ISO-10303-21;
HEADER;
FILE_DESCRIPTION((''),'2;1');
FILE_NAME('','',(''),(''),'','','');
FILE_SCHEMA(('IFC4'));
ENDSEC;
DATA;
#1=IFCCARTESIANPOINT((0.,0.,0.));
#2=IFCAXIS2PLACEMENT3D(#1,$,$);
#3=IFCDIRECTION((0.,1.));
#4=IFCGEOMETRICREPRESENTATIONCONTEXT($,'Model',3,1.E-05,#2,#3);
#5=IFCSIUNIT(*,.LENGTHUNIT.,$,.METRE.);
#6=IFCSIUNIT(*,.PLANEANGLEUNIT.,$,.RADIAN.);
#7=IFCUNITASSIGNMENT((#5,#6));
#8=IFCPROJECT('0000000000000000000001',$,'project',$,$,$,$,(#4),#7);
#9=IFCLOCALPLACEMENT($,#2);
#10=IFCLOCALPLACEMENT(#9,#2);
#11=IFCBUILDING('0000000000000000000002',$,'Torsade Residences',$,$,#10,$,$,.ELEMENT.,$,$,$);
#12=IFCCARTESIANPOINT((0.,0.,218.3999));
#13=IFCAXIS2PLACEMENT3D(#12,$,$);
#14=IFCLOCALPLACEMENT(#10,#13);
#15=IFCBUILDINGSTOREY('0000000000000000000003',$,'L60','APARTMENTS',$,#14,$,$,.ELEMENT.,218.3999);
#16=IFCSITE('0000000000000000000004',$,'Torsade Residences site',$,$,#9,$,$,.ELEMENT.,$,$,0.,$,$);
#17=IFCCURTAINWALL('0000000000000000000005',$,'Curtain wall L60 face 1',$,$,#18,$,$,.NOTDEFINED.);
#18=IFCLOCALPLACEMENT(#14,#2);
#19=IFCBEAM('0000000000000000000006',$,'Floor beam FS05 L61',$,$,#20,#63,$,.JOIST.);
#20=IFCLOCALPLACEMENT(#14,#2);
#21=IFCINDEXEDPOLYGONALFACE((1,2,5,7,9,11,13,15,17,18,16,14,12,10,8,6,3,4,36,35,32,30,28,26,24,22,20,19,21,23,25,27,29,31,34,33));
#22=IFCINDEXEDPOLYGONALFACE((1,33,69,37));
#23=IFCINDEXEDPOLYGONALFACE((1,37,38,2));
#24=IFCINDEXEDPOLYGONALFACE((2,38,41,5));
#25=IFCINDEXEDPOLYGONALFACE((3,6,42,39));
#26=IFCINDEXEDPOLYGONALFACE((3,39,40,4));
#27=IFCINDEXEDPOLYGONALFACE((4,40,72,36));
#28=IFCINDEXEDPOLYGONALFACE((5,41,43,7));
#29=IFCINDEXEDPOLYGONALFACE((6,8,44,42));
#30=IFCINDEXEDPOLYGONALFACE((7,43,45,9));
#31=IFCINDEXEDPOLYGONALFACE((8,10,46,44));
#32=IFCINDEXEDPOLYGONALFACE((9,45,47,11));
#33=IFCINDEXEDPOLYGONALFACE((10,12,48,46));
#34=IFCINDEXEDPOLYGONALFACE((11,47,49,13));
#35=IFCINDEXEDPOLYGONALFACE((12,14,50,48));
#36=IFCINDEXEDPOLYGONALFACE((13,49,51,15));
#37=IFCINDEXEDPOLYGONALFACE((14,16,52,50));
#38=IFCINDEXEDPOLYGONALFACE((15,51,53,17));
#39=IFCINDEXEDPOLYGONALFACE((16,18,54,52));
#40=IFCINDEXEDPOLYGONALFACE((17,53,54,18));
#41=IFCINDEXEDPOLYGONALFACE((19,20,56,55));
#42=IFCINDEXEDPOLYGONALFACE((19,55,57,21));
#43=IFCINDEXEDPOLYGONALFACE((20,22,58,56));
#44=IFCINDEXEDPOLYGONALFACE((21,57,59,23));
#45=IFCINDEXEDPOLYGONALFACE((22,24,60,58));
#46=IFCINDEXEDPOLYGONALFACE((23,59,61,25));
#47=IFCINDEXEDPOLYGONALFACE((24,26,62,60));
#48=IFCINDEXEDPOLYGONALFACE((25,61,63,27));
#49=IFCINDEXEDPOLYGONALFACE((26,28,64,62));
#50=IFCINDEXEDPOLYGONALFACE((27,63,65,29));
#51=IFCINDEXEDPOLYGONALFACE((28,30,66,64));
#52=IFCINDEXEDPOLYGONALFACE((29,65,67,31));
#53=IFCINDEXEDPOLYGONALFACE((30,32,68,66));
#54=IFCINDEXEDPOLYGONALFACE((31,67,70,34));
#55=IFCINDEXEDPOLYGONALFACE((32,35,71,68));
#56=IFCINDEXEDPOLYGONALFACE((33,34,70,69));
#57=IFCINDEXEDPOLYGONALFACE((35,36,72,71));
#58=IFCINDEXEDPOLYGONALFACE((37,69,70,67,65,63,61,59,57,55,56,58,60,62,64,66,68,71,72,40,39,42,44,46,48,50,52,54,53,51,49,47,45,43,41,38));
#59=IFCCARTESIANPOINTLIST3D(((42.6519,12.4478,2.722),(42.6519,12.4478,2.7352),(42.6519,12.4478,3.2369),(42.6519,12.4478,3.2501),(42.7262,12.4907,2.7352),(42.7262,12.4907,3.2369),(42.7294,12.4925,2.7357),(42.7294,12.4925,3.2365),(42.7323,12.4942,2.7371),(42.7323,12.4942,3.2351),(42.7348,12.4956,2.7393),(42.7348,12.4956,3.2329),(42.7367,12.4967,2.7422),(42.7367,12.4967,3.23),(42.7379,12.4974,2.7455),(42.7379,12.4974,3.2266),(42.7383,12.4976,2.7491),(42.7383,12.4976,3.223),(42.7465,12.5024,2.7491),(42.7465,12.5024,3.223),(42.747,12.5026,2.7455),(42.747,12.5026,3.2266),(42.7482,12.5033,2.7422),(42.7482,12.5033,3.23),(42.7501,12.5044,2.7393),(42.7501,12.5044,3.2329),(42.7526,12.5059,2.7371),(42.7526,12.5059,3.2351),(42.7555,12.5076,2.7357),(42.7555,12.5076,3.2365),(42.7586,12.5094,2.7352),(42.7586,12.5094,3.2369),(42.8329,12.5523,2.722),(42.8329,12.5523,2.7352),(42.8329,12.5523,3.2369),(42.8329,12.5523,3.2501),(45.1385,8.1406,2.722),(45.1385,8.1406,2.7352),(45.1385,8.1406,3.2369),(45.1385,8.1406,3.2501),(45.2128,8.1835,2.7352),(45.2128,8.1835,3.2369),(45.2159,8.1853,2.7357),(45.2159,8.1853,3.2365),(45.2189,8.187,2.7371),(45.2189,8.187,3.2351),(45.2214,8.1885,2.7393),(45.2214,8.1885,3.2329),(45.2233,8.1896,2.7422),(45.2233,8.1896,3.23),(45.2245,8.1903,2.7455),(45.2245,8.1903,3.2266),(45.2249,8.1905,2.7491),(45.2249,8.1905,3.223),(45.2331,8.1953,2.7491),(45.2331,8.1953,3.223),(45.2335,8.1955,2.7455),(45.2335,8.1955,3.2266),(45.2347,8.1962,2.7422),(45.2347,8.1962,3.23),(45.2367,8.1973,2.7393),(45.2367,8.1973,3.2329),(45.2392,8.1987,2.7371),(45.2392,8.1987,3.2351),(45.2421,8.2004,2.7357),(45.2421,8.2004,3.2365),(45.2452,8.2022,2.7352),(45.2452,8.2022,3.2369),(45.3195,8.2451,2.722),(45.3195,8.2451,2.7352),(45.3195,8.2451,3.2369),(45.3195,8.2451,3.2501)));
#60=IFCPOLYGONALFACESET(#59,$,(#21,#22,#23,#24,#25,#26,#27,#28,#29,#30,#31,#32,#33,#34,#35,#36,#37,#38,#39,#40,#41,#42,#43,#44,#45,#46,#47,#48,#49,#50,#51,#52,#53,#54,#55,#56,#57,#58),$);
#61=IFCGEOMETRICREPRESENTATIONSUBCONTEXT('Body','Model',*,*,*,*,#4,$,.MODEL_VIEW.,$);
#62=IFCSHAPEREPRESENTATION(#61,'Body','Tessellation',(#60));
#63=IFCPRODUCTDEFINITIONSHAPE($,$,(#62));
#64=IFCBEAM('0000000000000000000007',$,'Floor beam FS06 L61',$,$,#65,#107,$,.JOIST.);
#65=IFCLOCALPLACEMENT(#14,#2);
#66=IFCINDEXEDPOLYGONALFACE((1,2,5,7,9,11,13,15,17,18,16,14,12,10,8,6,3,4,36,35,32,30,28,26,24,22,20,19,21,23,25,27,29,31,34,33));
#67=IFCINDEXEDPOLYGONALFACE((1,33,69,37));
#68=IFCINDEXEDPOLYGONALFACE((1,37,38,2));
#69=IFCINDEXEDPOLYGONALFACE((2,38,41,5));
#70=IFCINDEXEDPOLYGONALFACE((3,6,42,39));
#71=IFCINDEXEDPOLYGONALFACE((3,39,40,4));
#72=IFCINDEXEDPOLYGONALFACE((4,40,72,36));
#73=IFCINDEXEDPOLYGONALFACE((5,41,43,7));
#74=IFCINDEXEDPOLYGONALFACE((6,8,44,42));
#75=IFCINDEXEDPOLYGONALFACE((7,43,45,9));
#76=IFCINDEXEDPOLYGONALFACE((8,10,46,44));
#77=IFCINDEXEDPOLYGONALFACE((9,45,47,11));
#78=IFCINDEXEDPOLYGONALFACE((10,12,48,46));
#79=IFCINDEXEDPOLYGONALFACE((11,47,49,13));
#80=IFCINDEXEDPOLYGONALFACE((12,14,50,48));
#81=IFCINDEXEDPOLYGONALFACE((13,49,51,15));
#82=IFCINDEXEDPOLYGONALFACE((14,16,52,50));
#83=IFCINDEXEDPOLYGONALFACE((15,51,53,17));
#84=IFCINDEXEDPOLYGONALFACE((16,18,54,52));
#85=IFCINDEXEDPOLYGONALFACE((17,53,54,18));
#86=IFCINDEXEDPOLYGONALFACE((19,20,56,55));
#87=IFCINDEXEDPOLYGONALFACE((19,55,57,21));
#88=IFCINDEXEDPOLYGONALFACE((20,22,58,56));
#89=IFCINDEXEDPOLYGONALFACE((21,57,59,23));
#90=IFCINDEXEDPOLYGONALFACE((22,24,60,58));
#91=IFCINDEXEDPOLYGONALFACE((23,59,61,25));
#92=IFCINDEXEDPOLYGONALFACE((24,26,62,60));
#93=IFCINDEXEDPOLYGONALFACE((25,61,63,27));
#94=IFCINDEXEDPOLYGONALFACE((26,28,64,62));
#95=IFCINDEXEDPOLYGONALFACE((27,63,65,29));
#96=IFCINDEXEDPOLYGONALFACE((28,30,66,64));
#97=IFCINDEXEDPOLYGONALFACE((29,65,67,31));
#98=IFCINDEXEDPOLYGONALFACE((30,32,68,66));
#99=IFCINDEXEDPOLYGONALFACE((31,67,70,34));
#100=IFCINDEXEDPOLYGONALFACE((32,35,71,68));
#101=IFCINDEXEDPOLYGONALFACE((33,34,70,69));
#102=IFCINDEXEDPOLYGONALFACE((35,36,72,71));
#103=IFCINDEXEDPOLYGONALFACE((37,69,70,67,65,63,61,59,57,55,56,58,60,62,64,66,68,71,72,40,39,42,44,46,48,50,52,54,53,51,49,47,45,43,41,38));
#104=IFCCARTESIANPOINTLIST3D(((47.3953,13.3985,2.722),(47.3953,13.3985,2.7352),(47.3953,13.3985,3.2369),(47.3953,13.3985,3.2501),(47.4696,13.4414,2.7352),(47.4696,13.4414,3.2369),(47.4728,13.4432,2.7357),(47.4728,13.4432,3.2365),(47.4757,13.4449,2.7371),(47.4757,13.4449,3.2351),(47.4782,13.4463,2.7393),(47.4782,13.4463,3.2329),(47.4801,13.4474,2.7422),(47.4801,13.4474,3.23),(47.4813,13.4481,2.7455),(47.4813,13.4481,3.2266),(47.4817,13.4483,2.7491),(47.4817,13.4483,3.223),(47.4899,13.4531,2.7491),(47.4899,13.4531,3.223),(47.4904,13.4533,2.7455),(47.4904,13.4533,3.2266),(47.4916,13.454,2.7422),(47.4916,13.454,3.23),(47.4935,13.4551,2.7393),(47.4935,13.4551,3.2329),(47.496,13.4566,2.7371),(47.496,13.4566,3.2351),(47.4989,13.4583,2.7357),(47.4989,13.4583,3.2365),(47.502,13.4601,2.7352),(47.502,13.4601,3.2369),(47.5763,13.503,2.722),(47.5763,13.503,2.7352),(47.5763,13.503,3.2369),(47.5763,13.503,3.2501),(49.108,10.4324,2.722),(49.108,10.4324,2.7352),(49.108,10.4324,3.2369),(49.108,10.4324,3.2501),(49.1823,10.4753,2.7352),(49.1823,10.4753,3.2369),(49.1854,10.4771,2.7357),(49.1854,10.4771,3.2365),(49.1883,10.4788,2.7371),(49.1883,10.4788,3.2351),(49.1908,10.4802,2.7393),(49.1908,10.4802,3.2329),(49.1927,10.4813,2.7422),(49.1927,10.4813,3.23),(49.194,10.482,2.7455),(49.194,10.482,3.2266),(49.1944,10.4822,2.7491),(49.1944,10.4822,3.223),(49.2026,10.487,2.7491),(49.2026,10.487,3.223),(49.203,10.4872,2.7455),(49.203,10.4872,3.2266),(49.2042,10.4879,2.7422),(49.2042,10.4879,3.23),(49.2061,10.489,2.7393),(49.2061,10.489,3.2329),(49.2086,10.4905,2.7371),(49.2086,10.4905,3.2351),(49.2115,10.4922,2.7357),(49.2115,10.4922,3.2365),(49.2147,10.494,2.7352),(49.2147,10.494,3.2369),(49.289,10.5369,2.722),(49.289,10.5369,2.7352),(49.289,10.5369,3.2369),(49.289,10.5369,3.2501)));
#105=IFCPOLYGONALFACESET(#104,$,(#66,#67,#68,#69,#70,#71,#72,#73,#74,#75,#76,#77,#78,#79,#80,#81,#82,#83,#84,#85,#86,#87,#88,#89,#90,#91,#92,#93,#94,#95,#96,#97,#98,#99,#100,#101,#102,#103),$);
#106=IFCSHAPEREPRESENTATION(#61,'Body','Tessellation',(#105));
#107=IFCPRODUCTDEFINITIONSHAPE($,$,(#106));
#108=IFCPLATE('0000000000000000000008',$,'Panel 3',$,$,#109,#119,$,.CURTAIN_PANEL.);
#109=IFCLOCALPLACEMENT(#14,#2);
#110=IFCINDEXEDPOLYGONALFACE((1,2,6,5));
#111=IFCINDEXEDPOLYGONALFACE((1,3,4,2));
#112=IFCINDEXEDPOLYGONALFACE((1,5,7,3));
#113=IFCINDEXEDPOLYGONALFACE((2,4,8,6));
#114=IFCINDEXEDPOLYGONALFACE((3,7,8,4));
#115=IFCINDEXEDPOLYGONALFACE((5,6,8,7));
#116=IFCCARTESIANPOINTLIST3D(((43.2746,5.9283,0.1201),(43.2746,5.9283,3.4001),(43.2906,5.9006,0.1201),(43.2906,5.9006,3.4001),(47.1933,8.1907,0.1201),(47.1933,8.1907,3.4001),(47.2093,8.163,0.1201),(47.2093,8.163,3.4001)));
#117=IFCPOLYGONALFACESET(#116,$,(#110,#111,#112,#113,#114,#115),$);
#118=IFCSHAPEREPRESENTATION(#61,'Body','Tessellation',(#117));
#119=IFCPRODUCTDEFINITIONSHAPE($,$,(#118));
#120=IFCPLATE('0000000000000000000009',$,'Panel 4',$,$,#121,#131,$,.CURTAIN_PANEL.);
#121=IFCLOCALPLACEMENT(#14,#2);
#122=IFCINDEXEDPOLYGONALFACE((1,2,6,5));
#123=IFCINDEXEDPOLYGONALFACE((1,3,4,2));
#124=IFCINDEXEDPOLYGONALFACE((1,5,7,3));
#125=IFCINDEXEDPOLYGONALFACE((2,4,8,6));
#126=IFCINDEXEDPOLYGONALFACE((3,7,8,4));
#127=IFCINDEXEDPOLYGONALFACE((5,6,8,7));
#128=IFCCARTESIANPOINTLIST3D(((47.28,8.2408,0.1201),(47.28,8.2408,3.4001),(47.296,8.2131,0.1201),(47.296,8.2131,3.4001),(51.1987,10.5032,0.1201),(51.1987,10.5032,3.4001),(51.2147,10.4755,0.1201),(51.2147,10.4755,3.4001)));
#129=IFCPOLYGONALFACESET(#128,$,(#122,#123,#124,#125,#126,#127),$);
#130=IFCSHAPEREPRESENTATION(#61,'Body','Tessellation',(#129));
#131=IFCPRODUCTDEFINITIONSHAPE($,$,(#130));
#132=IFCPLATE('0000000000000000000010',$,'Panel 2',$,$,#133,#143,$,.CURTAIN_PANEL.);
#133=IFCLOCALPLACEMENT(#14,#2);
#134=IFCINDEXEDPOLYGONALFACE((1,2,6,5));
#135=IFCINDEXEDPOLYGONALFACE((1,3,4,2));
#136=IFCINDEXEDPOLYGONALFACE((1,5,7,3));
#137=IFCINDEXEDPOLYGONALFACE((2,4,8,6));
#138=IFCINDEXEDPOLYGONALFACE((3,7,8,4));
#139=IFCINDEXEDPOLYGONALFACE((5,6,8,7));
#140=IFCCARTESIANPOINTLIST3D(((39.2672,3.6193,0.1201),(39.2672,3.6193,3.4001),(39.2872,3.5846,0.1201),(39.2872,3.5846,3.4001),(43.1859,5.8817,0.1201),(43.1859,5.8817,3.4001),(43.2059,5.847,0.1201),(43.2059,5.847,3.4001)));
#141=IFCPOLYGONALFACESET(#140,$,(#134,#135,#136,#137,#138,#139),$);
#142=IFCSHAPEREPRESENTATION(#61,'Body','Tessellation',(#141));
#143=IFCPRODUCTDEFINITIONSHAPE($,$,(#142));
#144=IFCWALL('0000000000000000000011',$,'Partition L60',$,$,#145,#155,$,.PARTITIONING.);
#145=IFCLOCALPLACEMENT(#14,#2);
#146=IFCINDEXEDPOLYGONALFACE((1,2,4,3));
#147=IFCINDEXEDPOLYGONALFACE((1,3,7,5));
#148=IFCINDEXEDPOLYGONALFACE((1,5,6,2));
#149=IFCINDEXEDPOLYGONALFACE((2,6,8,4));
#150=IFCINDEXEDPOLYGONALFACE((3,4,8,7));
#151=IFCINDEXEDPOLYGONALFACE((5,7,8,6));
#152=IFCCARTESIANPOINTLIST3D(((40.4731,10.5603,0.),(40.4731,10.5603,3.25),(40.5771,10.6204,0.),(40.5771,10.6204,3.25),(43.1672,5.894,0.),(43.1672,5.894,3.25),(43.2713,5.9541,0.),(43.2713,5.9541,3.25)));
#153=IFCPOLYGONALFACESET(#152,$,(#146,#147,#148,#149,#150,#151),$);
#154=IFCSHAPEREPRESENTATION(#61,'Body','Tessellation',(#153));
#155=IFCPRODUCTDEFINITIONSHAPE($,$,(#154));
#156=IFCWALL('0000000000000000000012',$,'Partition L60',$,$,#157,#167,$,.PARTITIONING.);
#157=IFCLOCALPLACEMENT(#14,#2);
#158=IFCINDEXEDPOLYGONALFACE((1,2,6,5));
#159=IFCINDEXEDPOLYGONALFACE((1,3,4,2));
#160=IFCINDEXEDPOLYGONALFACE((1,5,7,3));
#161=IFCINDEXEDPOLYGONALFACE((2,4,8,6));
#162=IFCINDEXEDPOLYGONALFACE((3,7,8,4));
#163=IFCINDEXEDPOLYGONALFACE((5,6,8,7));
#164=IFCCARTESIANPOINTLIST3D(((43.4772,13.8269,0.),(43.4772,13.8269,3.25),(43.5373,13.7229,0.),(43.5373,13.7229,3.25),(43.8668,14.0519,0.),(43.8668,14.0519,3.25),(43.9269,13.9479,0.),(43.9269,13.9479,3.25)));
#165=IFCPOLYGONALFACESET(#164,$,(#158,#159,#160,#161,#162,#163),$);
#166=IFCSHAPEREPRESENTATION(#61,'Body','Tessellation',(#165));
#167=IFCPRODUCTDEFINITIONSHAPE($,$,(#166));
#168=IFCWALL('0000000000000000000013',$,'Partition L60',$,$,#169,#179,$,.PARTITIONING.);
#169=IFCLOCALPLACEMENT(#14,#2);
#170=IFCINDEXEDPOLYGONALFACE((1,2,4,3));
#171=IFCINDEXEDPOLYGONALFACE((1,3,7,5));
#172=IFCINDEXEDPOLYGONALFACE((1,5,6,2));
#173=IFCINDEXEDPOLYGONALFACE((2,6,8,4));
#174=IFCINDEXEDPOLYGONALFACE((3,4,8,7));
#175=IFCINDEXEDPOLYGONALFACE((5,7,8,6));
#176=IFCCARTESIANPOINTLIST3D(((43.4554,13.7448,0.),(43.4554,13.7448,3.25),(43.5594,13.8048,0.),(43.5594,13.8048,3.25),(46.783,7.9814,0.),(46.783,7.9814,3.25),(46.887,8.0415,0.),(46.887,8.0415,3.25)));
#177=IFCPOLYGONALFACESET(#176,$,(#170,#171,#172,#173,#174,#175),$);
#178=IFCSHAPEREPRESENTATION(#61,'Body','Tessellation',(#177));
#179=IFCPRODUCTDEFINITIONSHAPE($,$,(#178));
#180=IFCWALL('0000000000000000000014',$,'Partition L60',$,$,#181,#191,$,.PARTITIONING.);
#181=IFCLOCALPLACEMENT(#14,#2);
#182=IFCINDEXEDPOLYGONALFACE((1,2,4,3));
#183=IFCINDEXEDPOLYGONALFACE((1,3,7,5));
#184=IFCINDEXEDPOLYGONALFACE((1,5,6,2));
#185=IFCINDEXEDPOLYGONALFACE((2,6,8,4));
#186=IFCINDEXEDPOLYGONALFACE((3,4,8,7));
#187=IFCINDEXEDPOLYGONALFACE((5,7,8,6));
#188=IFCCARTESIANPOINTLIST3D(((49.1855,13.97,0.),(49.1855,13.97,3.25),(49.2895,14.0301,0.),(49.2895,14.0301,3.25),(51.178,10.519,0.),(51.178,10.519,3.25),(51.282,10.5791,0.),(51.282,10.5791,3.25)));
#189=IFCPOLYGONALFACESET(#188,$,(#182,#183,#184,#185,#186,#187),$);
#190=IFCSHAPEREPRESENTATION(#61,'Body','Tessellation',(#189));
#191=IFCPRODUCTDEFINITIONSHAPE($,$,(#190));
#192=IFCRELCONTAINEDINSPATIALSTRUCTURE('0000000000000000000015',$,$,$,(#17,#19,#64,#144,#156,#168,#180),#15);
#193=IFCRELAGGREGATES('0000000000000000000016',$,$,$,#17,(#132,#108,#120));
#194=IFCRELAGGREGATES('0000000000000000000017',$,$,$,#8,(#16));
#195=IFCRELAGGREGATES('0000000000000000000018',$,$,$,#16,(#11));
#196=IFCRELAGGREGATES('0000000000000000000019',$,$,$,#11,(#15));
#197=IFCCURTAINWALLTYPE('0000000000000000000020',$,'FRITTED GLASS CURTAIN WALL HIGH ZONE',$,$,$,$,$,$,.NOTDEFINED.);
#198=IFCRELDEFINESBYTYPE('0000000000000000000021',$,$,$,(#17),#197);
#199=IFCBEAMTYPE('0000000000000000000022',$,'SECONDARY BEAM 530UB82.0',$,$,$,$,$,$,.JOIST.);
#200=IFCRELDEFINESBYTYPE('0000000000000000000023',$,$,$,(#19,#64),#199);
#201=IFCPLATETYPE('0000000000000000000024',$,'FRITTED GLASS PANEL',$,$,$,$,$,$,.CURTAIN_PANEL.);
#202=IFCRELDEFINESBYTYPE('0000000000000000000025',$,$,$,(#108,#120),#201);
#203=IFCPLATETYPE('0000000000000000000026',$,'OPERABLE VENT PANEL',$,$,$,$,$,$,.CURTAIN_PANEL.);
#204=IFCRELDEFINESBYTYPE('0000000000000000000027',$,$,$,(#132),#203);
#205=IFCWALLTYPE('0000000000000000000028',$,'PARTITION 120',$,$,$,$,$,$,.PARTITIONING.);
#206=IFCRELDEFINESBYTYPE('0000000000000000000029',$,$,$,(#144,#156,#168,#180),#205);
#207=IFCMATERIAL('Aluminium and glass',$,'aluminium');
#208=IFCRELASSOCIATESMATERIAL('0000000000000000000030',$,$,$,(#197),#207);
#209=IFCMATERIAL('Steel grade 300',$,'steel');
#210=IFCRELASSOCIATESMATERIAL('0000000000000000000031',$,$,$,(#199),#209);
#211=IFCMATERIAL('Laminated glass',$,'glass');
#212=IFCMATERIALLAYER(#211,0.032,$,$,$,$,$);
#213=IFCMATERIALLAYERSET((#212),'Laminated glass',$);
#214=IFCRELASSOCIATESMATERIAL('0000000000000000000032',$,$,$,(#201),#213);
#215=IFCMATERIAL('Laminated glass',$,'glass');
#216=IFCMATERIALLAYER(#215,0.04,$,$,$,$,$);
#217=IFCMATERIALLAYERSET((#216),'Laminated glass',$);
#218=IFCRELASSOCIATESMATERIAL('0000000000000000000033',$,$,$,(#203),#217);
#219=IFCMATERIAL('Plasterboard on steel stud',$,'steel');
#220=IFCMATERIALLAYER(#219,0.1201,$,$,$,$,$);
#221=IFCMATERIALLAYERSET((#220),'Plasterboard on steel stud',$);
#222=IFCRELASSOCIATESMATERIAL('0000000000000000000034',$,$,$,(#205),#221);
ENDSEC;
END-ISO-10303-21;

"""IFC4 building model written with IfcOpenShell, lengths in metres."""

from ifc_helpers import new_model, si_unit, direction, frame, frame_2d, origin, origin_2d, place, context, subcontext, project, spatial, rectangle, i_section, extrude, material, layer, layer_set, material_profile, profile_set, type_object, element, aggregate, save


model = new_model("IFC4")

# Units and contexts
model_context = context("Model", 3, precision=1e-05, world=origin(), true_north=direction((0.0, 1.0)))
body_context = subcontext(model_context, "Body", "Model", "MODEL_VIEW")
ifc_project = project(units=[si_unit("LENGTHUNIT", "METRE"), si_unit("PLANEANGLEUNIT", "RADIAN")], contexts=[model_context])

# Site, building, storey
site_placement = place(None, origin())
site = spatial("IfcSite", under=ifc_project, at=site_placement, Name="Torsade Residences site", CompositionType="ELEMENT", RefElevation=0.0)
building_placement = place(site_placement, origin())
building = spatial("IfcBuilding", under=site, at=building_placement, Name="Torsade Residences", CompositionType="ELEMENT")
storey_placement = place(building_placement, frame((0.0, 0.0, 218.3999)))
storey = spatial("IfcBuildingStorey", under=building, at=storey_placement, Name="L60", Description="APARTMENTS", CompositionType="ELEMENT", Elevation=218.3999)

# Curtain wall
ifc_material_1 = material(Name="Aluminium and glass", Category="aluminium")
curtain_wall_type = type_object("IfcCurtainWallType", Name="FRITTED GLASS CURTAIN WALL HIGH ZONE", PredefinedType="NOTDEFINED", material=ifc_material_1)
curtain_wall_placement = place(storey_placement, origin())
curtain_wall = element("IfcCurtainWall", 1, at=curtain_wall_placement, inside=storey, type_object=curtain_wall_type, Name="Curtain wall L60 face 1", PredefinedType="NOTDEFINED")

# Beams
ifc_material_2 = material(Name="Steel grade 300", Category="steel")
ifc_material_profile_1 = material_profile(ifc_material_2, i_section(OverallWidth=0.209, OverallDepth=0.5281, WebThickness=0.0095, FlangeThickness=0.0132, FilletRadius=0.0139, at=origin_2d()), Name="530UB82.0")
ifc_profile_set_1 = profile_set([ifc_material_profile_1], Name="Steel grade 300")
beam_type_1 = type_object("IfcBeamType", Name="SECONDARY BEAM 530UB82.0", PredefinedType="JOIST", material=ifc_profile_set_1)
beam_1_placement = place(storey_placement, frame((45.229, 8.1929, 2.9861), z_axis=(-0.499977, 0.866038, 0.0), x_axis=(-0.866038, -0.499977, 0.0)))
element("IfcBeam", 2, at=beam_1_placement, inside=storey, type_object=beam_type_1, Name="Floor beam FS05 L61", PredefinedType="JOIST", context=body_context, shape_type="SweptSolid", body=[
    extrude(i_section(OverallWidth=0.209, OverallDepth=0.5281, WebThickness=0.0095, FlangeThickness=0.0132, FilletRadius=0.0139, at=origin_2d()), origin(), (0.0, 0.0, 1.0), 4.9734),
])
beam_2_placement = place(storey_placement, frame((49.1985, 10.4846, 2.9861), z_axis=(-0.500041, 0.866002, 0.0), x_axis=(-0.866002, -0.500041, 0.0)))
element("IfcBeam", 3, at=beam_2_placement, inside=storey, type_object=beam_type_1, Name="Floor beam FS06 L61", PredefinedType="JOIST", context=body_context, shape_type="SweptSolid", body=[
    extrude(i_section(OverallWidth=0.209, OverallDepth=0.5281, WebThickness=0.0095, FlangeThickness=0.0132, FilletRadius=0.0139, at=origin_2d()), origin(), (0.0, 0.0, 1.0), 3.425),
])

# Plates
ifc_material_3 = material(Name="Laminated glass", Category="glass")
ifc_layer_1 = layer(ifc_material_3, 0.032)
ifc_layer_set_1 = layer_set([ifc_layer_1], Name="Laminated glass")
plate_type_1 = type_object("IfcPlateType", Name="FRITTED GLASS PANEL", PredefinedType="CURTAIN_PANEL", material=ifc_layer_set_1)
plate_1_placement = place(storey_placement, frame((45.2419, 7.0457, 0.1201), z_axis=(0.0, 0.0, 1.0), x_axis=(0.866025, 0.5, 0.0)))
plate_1 = element("IfcPlate", 4, at=plate_1_placement, type_object=plate_type_1, Name="Panel 3", PredefinedType="CURTAIN_PANEL", context=body_context, shape_type="SweptSolid", body=[
    extrude(rectangle(XDim=4.5249, YDim=0.032, at=origin_2d()), origin(), (0.0, 0.0, 1.0), 3.28),
])
plate_2_placement = place(storey_placement, frame((49.2473, 9.3582, 0.1201), z_axis=(0.0, 0.0, 1.0), x_axis=(0.866025, 0.5, 0.0)))
plate_2 = element("IfcPlate", 5, at=plate_2_placement, type_object=plate_type_1, Name="Panel 4", PredefinedType="CURTAIN_PANEL", context=body_context, shape_type="SweptSolid", body=[
    extrude(rectangle(XDim=4.5249, YDim=0.032, at=origin_2d()), origin(), (0.0, 0.0, 1.0), 3.28),
])
ifc_material_4 = material(Name="Laminated glass", Category="glass")
ifc_layer_2 = layer(ifc_material_4, 0.04)
ifc_layer_set_2 = layer_set([ifc_layer_2], Name="Laminated glass")
plate_type_2 = type_object("IfcPlateType", Name="OPERABLE VENT PANEL", PredefinedType="CURTAIN_PANEL", material=ifc_layer_set_2)
plate_3_placement = place(storey_placement, frame((41.2366, 4.7332, 0.1201), z_axis=(0.0, 0.0, 1.0), x_axis=(0.866025, 0.5, 0.0)))
plate_3 = element("IfcPlate", 6, at=plate_3_placement, type_object=plate_type_2, Name="Panel 2", PredefinedType="CURTAIN_PANEL", context=body_context, shape_type="SweptSolid", body=[
    extrude(rectangle(XDim=4.5249, YDim=0.04, at=origin_2d()), origin(), (0.0, 0.0, 1.0), 3.28),
])
aggregate(curtain_wall, [plate_3, plate_1, plate_2])

# Walls
ifc_material_5 = material(Name="Plasterboard on steel stud", Category="steel")
ifc_layer_3 = layer(ifc_material_5, 0.1201)
ifc_layer_set_3 = layer_set([ifc_layer_3], Name="Plasterboard on steel stud")
wall_type_1 = type_object("IfcWallType", Name="PARTITION 120", PredefinedType="PARTITIONING", material=ifc_layer_set_3)
wall_1_placement = place(storey_placement, frame((43.2192, 5.9241, 0.0), z_axis=(0.0, 0.0, 1.0), x_axis=(-0.500004, 0.866023, 0.0)))
element("IfcWall", 7, at=wall_1_placement, inside=storey, type_object=wall_type_1, Name="Partition L60", PredefinedType="PARTITIONING", context=body_context, shape_type="SweptSolid", body=[
    extrude(rectangle(XDim=5.3882, YDim=0.1201, at=frame_2d((2.6941, 0.0))), origin(), (0.0, 0.0, 1.0), 3.25),
])
wall_2_placement = place(storey_placement, frame((43.897, 14.0, 0.0), z_axis=(0.0, 0.0, 1.0), x_axis=(-0.865896, -0.500223, 0.0)))
element("IfcWall", 8, at=wall_2_placement, inside=storey, type_object=wall_type_1, Name="Partition L60", PredefinedType="PARTITIONING", context=body_context, shape_type="SweptSolid", body=[
    extrude(rectangle(XDim=0.45, YDim=0.1201, at=frame_2d((0.2251, 0.0))), origin(), (0.0, 0.0, 1.0), 3.25),
])
wall_3_placement = place(storey_placement, frame((43.5073, 13.7749, 0.0), z_axis=(0.0, 0.0, 1.0), x_axis=(0.500014, -0.866018, 0.0)))
element("IfcWall", 9, at=wall_3_placement, inside=storey, type_object=wall_type_1, Name="Partition L60", PredefinedType="PARTITIONING", context=body_context, shape_type="SweptSolid", body=[
    extrude(rectangle(XDim=6.655, YDim=0.1201, at=frame_2d((3.3276, 0.0))), origin(), (0.0, 0.0, 1.0), 3.25),
])
wall_4_placement = place(storey_placement, frame((51.23, 10.5491, 0.0), z_axis=(0.0, 0.0, 1.0), x_axis=(-0.500007, 0.866021, 0.0)))
element("IfcWall", 10, at=wall_4_placement, inside=storey, type_object=wall_type_1, Name="Partition L60", PredefinedType="PARTITIONING", context=body_context, shape_type="SweptSolid", body=[
    extrude(rectangle(XDim=3.9849, YDim=0.1201, at=frame_2d((1.9924, 0.0))), origin(), (0.0, 0.0, 1.0), 3.25),
])

save(model, "model.ifc")
